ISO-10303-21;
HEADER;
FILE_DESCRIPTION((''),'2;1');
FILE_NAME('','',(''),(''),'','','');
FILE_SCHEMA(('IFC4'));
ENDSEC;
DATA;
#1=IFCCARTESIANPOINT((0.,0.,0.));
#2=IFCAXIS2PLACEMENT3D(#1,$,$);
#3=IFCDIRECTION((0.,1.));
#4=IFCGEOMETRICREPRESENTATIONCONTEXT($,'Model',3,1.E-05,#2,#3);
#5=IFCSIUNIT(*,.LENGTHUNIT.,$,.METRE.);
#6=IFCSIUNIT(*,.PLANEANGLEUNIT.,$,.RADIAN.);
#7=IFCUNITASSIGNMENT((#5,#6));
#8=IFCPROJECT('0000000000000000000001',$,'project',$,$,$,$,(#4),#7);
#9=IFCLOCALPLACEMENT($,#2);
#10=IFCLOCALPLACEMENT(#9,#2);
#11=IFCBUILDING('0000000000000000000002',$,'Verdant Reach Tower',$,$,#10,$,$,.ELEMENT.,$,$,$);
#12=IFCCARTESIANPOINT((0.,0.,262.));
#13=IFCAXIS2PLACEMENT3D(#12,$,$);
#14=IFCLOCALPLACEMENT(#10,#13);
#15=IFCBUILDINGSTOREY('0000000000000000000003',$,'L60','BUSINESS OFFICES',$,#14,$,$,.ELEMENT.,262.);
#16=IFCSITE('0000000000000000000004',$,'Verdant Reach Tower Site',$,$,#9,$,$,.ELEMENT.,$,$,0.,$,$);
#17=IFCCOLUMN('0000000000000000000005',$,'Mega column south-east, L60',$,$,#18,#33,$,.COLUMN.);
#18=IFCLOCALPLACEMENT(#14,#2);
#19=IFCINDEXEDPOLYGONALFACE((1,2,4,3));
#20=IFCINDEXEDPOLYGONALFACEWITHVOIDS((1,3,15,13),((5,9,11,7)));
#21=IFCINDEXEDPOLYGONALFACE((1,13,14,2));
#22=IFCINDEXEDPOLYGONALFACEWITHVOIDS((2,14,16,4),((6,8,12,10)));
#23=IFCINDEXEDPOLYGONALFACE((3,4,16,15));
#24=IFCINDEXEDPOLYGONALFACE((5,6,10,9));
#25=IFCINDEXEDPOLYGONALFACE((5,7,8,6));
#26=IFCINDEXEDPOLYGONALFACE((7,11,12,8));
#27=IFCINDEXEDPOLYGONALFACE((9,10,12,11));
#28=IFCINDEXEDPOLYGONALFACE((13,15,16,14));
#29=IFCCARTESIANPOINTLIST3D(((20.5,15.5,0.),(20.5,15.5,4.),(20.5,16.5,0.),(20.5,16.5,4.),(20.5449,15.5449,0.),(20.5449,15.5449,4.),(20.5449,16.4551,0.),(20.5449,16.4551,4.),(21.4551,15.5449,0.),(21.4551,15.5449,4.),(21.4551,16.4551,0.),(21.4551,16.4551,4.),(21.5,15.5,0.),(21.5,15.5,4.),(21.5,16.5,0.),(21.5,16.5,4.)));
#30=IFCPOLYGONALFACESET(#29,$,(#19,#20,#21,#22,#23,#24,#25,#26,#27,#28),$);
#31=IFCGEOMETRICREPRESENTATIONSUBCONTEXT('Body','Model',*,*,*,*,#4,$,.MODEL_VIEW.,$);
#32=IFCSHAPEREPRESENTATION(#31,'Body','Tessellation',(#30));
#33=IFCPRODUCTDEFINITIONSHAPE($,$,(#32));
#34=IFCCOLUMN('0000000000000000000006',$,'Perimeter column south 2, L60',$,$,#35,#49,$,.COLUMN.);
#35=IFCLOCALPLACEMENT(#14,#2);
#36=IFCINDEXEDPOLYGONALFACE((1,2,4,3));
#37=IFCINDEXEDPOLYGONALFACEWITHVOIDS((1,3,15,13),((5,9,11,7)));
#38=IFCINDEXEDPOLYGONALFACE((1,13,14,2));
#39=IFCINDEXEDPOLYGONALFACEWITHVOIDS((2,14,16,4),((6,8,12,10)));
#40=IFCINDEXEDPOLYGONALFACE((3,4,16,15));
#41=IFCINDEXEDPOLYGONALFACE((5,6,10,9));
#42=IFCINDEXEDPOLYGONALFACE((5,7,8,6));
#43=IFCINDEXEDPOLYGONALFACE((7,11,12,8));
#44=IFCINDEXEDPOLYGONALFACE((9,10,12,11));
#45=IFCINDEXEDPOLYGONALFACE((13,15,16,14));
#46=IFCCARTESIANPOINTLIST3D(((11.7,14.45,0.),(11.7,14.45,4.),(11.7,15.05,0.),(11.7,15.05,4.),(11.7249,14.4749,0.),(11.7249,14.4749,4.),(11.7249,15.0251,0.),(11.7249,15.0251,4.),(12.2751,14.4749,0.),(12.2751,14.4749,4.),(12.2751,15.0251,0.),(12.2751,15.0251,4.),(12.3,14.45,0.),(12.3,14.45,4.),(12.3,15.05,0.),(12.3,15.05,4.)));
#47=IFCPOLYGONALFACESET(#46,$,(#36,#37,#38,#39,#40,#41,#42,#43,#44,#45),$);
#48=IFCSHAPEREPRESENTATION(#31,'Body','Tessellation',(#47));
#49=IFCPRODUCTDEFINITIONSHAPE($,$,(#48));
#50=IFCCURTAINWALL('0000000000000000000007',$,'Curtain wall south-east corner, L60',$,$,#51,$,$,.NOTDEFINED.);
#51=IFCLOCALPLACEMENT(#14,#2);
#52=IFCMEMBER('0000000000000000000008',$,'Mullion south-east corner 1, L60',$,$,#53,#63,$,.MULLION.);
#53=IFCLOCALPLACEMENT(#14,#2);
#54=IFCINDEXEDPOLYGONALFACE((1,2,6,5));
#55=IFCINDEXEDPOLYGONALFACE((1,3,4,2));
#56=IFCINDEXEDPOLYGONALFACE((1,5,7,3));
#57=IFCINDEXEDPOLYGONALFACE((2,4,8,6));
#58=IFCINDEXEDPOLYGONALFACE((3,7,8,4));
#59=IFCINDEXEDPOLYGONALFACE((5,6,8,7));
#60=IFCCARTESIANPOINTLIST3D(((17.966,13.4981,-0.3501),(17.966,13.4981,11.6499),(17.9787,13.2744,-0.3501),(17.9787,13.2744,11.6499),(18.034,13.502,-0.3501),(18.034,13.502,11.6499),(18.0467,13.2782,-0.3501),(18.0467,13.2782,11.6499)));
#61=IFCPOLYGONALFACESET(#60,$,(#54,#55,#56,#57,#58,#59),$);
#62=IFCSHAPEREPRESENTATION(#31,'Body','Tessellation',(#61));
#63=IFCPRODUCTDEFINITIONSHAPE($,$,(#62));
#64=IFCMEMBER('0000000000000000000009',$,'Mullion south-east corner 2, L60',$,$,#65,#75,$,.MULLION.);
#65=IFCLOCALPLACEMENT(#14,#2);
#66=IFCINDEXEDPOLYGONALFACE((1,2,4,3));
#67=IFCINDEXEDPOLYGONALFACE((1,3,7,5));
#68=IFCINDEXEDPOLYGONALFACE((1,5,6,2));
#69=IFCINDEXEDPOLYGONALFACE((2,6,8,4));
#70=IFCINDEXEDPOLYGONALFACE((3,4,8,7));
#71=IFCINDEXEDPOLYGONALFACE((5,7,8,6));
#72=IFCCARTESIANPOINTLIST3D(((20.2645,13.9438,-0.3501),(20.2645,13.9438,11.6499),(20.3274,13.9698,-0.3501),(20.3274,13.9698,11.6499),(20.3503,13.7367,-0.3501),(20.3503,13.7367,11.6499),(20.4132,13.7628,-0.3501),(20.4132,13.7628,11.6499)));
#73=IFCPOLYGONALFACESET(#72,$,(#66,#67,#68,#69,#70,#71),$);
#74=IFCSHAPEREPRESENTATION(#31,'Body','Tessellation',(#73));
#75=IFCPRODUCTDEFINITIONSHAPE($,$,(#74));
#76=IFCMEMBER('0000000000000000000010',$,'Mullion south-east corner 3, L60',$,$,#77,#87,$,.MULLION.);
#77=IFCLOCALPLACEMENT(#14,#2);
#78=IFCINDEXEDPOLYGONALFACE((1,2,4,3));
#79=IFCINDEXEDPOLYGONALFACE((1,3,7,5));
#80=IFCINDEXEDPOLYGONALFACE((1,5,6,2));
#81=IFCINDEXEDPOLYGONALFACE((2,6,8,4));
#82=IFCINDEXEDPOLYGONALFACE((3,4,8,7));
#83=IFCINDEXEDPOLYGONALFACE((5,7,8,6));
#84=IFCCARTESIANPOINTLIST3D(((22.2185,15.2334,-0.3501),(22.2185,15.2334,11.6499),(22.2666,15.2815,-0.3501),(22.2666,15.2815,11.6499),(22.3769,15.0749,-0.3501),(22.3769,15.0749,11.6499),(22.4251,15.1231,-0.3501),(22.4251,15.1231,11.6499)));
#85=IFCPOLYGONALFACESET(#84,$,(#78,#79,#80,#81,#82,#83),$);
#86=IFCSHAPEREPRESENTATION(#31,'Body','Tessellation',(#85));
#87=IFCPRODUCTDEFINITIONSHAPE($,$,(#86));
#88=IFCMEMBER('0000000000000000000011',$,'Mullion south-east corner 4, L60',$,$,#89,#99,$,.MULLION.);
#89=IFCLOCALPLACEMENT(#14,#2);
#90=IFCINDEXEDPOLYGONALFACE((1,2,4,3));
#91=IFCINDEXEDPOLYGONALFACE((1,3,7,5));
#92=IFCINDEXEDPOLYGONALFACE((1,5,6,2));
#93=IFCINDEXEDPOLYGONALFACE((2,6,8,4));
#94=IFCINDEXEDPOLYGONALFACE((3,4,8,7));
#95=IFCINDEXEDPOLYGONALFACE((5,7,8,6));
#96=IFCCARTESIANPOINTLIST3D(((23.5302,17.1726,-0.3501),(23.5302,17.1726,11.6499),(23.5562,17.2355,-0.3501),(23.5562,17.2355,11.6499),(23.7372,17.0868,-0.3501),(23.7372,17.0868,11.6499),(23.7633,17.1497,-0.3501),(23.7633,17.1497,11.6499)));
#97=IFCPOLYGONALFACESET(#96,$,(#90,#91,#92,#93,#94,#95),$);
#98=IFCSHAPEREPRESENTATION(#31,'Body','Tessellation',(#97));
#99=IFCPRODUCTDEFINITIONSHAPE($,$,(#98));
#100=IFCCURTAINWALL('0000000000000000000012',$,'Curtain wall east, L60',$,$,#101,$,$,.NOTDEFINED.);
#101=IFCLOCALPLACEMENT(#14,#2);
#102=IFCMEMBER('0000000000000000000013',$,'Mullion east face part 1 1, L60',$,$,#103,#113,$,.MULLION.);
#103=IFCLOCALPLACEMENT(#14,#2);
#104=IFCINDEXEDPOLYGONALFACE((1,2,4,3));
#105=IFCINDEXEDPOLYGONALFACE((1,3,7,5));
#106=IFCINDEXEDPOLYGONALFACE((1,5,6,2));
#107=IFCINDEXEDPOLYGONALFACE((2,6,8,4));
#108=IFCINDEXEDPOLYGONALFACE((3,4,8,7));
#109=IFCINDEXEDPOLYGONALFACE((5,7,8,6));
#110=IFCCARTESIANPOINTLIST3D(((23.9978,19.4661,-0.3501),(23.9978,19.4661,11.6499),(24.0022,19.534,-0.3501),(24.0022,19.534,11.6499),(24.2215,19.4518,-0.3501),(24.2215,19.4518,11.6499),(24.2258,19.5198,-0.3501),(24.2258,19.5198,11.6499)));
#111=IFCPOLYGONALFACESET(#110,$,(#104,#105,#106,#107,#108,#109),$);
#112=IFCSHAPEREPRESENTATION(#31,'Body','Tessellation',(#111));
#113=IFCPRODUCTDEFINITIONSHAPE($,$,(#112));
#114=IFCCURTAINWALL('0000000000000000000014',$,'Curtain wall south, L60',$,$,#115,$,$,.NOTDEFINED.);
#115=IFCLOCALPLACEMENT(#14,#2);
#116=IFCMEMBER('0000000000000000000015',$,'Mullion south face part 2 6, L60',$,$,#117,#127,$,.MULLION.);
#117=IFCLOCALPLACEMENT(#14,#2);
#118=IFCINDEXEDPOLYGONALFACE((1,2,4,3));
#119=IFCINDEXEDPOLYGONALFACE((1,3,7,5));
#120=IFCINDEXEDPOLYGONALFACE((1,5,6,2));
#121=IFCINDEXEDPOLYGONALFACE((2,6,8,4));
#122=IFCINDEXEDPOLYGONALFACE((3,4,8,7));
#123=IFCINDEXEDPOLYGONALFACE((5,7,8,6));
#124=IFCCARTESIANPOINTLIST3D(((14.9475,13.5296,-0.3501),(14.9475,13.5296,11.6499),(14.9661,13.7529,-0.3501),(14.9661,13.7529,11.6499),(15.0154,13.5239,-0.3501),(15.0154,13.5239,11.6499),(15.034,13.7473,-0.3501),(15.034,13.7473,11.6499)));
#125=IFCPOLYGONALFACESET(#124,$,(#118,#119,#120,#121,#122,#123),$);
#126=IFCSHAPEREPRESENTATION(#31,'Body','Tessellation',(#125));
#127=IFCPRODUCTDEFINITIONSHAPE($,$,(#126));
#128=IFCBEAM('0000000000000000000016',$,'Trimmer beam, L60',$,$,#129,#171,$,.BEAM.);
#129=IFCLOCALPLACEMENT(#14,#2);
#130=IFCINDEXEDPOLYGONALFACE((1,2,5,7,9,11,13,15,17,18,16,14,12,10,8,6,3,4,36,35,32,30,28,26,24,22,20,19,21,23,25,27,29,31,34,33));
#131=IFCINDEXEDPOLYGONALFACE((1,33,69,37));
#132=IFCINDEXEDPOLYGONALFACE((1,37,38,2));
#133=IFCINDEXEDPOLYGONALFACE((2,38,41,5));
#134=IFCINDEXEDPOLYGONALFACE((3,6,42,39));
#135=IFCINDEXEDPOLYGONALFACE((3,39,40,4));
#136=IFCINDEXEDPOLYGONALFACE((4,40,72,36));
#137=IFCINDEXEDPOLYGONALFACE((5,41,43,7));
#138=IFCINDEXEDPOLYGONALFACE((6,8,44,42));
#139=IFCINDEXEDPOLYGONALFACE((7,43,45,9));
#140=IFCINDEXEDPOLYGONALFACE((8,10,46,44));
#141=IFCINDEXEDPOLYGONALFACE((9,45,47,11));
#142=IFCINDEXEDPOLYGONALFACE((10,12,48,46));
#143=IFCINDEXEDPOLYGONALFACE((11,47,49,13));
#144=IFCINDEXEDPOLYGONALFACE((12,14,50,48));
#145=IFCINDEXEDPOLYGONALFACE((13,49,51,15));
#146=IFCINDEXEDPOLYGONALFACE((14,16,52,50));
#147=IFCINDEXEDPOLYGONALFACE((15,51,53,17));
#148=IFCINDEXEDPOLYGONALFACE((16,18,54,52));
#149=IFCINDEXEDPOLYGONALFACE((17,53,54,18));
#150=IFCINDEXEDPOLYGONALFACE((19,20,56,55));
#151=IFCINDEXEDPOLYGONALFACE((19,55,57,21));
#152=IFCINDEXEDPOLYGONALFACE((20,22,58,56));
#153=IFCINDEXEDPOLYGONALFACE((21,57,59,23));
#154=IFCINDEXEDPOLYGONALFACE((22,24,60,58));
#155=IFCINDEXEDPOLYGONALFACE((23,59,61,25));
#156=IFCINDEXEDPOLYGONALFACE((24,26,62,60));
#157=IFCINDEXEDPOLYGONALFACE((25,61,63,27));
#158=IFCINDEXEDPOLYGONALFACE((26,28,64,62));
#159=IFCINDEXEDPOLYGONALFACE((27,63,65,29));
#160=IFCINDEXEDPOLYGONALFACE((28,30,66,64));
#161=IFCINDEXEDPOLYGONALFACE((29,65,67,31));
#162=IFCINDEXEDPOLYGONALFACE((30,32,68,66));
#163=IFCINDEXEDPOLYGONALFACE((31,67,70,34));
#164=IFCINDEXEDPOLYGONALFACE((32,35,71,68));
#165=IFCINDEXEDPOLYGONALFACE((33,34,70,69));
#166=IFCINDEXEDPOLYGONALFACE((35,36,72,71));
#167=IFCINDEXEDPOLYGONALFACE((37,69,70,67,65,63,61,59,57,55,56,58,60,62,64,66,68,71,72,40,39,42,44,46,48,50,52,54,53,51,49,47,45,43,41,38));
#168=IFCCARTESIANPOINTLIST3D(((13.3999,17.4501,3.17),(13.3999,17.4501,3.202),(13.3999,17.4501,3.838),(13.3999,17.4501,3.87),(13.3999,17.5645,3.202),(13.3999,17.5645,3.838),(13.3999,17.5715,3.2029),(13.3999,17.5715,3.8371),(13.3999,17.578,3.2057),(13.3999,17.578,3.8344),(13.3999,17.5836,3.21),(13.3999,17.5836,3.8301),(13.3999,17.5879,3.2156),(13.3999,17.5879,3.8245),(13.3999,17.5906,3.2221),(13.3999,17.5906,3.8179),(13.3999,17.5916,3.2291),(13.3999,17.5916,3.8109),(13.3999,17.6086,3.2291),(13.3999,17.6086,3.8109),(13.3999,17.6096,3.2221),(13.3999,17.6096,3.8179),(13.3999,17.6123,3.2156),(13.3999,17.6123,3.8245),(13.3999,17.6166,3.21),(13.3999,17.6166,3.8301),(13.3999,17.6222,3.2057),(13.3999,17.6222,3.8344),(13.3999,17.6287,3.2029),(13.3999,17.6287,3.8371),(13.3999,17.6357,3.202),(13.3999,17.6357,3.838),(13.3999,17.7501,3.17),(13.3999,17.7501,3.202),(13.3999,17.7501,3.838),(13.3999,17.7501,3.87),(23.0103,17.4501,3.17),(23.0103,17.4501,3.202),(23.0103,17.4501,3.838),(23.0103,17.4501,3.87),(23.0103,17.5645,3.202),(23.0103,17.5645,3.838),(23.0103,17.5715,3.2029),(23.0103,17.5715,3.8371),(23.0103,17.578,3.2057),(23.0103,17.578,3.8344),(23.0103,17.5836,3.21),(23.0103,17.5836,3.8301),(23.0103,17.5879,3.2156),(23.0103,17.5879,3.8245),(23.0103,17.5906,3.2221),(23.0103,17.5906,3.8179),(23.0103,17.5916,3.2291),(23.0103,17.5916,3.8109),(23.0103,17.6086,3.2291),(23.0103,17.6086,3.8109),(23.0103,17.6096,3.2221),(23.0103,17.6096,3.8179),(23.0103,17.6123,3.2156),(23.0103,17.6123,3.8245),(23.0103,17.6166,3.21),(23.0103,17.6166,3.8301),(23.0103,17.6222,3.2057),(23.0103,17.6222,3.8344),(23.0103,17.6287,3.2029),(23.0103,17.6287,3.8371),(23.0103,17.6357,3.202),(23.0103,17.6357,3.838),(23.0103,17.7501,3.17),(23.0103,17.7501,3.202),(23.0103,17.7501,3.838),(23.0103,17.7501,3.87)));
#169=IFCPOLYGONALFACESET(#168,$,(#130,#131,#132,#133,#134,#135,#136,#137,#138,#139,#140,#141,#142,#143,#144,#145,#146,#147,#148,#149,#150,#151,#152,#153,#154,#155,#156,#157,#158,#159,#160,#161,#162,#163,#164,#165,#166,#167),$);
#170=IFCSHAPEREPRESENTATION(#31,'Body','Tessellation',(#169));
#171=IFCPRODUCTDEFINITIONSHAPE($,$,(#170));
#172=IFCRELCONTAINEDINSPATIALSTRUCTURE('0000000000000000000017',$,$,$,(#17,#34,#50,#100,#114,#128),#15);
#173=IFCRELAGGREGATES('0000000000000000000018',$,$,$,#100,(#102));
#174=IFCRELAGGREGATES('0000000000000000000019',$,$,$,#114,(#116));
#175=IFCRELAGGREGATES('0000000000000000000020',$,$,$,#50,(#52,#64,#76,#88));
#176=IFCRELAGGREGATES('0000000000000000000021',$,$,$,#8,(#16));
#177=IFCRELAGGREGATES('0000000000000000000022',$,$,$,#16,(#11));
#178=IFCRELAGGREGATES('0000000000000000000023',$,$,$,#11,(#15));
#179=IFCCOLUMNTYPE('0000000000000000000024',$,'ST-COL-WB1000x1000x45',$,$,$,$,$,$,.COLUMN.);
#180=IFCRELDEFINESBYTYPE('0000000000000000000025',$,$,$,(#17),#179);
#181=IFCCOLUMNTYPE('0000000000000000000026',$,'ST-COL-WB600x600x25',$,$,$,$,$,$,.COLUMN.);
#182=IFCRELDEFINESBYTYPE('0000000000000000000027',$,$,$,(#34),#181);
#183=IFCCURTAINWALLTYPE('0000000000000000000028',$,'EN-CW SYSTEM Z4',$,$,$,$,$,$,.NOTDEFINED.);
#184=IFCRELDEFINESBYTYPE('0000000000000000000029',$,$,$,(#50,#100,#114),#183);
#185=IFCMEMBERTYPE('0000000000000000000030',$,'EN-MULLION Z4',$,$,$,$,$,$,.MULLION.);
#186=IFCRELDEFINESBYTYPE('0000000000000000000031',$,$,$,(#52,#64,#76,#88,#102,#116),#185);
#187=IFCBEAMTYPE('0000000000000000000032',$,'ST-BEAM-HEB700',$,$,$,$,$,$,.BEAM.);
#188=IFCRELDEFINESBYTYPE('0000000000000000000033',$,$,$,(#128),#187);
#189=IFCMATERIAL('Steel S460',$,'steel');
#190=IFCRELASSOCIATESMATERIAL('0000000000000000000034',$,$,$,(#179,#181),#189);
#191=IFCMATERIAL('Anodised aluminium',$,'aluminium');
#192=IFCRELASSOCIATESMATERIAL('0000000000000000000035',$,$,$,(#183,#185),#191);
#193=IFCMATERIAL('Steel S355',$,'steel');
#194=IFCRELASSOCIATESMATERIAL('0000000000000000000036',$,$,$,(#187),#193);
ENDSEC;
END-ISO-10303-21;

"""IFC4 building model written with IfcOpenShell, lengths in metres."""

from ifc_helpers import new_model, si_unit, direction, frame, origin, origin_2d, place, context, subcontext, project, spatial, rectangle, hollow_rectangle, i_section, extrude, material, material_profile, profile_set, type_object, element, aggregate, save


model = new_model("IFC4")

# Units and contexts
model_context = context("Model", 3, precision=1e-05, world=origin(), true_north=direction((0.0, 1.0)))
body_context = subcontext(model_context, "Body", "Model", "MODEL_VIEW")
ifc_project = project(units=[si_unit("LENGTHUNIT", "METRE"), si_unit("PLANEANGLEUNIT", "RADIAN")], contexts=[model_context])

# Site, building, storey
site_placement = place(None, origin())
site = spatial("IfcSite", under=ifc_project, at=site_placement, Name="Verdant Reach Tower Site", CompositionType="ELEMENT", RefElevation=0.0)
building_placement = place(site_placement, origin())
building = spatial("IfcBuilding", under=site, at=building_placement, Name="Verdant Reach Tower", CompositionType="ELEMENT")
storey_placement = place(building_placement, frame((0.0, 0.0, 262.0)))
storey = spatial("IfcBuildingStorey", under=building, at=storey_placement, Name="L60", Description="BUSINESS OFFICES", CompositionType="ELEMENT", Elevation=262.0)

# Columns
ifc_material_1 = material(Name="Steel S460", Category="steel")
ifc_material_profile_1 = material_profile(ifc_material_1, hollow_rectangle(XDim=1.0, YDim=1.0, WallThickness=0.0449, at=origin_2d()), Name="WB 1000x1000x45")
ifc_profile_set_1 = profile_set([ifc_material_profile_1], Name="Steel S460")
column_type_1 = type_object("IfcColumnType", Name="ST-COL-WB1000x1000x45", PredefinedType="COLUMN", material=ifc_profile_set_1)
column_1_placement = place(storey_placement, frame((21.0, 16.0, 0.0), z_axis=(0.0, 0.0, 1.0), x_axis=(1.0, 0.0, 0.0)))
element("IfcColumn", 1, at=column_1_placement, inside=storey, type_object=column_type_1, Name="Mega column south-east, L60", PredefinedType="COLUMN", context=body_context, shape_type="SweptSolid", body=[
    extrude(hollow_rectangle(XDim=1.0, YDim=1.0, WallThickness=0.0449, at=origin_2d()), origin(), (0.0, 0.0, 1.0), 4.0),
])
ifc_material_profile_2 = material_profile(ifc_material_1, hollow_rectangle(XDim=0.6001, YDim=0.6001, WallThickness=0.0249, at=origin_2d()), Name="WB 600x600x25")
ifc_profile_set_2 = profile_set([ifc_material_profile_2], Name="Steel S460")
column_type_2 = type_object("IfcColumnType", Name="ST-COL-WB600x600x25", PredefinedType="COLUMN", material=ifc_profile_set_2)
column_2_placement = place(storey_placement, frame((12.0, 14.75, 0.0), z_axis=(0.0, 0.0, 1.0), x_axis=(1.0, 0.0, 0.0)))
element("IfcColumn", 2, at=column_2_placement, inside=storey, type_object=column_type_2, Name="Perimeter column south 2, L60", PredefinedType="COLUMN", context=body_context, shape_type="SweptSolid", body=[
    extrude(hollow_rectangle(XDim=0.6001, YDim=0.6001, WallThickness=0.0249, at=origin_2d()), origin(), (0.0, 0.0, 1.0), 4.0),
])

# Curtain wall, members
ifc_material_2 = material(Name="Anodised aluminium", Category="aluminium")
curtain_wall_type = type_object("IfcCurtainWallType", Name="EN-CW SYSTEM Z4", PredefinedType="NOTDEFINED", material=ifc_material_2)
curtain_wall_1_placement = place(storey_placement, origin())
curtain_wall_1 = element("IfcCurtainWall", 3, at=curtain_wall_1_placement, inside=storey, type_object=curtain_wall_type, Name="Curtain wall south-east corner, L60", PredefinedType="NOTDEFINED")
ifc_material_profile_3 = material_profile(ifc_material_2, rectangle(XDim=0.2241, YDim=0.0681, at=origin_2d()), Name="Mullion 68x224")
ifc_profile_set_3 = profile_set([ifc_material_profile_3], Name="Anodised aluminium")
member_type = type_object("IfcMemberType", Name="EN-MULLION Z4", PredefinedType="MULLION", material=ifc_profile_set_3)
member_1_placement = place(storey_placement, frame((18.0063, 13.3882, -0.3501), z_axis=(0.0, 0.0, 1.0), x_axis=(0.056569, -0.998399, 0.0)))
member_1 = element("IfcMember", 4, at=member_1_placement, type_object=member_type, Name="Mullion south-east corner 1, L60", PredefinedType="MULLION", context=body_context, shape_type="SweptSolid", body=[
    extrude(rectangle(XDim=0.2241, YDim=0.0681, at=origin_2d()), origin(), (0.0, 0.0, 1.0), 12.0),
])
member_2_placement = place(storey_placement, frame((20.3389, 13.8533, -0.3501), z_axis=(0.0, 0.0, 1.0), x_axis=(0.382694, -0.923875, 0.0)))
member_2 = element("IfcMember", 5, at=member_2_placement, type_object=member_type, Name="Mullion south-east corner 2, L60", PredefinedType="MULLION", context=body_context, shape_type="SweptSolid", body=[
    extrude(rectangle(XDim=0.2241, YDim=0.0681, at=origin_2d()), origin(), (0.0, 0.0, 1.0), 12.0),
])
member_3_placement = place(storey_placement, frame((22.3218, 15.1782, -0.3501), z_axis=(0.0, 0.0, 1.0), x_axis=(0.707107, -0.707107, 0.0)))
member_3 = element("IfcMember", 6, at=member_3_placement, type_object=member_type, Name="Mullion south-east corner 3, L60", PredefinedType="MULLION", context=body_context, shape_type="SweptSolid", body=[
    extrude(rectangle(XDim=0.2241, YDim=0.0681, at=origin_2d()), origin(), (0.0, 0.0, 1.0), 12.0),
])
member_4_placement = place(storey_placement, frame((23.6467, 17.1611, -0.3501), z_axis=(0.0, 0.0, 1.0), x_axis=(0.923875, -0.382694, 0.0)))
member_4 = element("IfcMember", 7, at=member_4_placement, type_object=member_type, Name="Mullion south-east corner 4, L60", PredefinedType="MULLION", context=body_context, shape_type="SweptSolid", body=[
    extrude(rectangle(XDim=0.2241, YDim=0.0681, at=origin_2d()), origin(), (0.0, 0.0, 1.0), 12.0),
])

# Curtain walls, members
curtain_wall_2_placement = place(storey_placement, origin())
curtain_wall_2 = element("IfcCurtainWall", 8, at=curtain_wall_2_placement, inside=storey, type_object=curtain_wall_type, Name="Curtain wall east, L60", PredefinedType="NOTDEFINED")
member_5_placement = place(storey_placement, frame((24.1118, 19.4929, -0.3501), z_axis=(0.0, 0.0, 1.0), x_axis=(0.997969, -0.063699, 0.0)))
member_5 = element("IfcMember", 9, at=member_5_placement, type_object=member_type, Name="Mullion east face part 1 1, L60", PredefinedType="MULLION", context=body_context, shape_type="SweptSolid", body=[
    extrude(rectangle(XDim=0.2241, YDim=0.0681, at=origin_2d()), origin(), (0.0, 0.0, 1.0), 12.0),
])
aggregate(curtain_wall_2, [member_5])
curtain_wall_3_placement = place(storey_placement, origin())
curtain_wall_3 = element("IfcCurtainWall", 10, at=curtain_wall_3_placement, inside=storey, type_object=curtain_wall_type, Name="Curtain wall south, L60", PredefinedType="NOTDEFINED")
member_6_placement = place(storey_placement, frame((14.9907, 13.6384, -0.3501), z_axis=(0.0, 0.0, 1.0), x_axis=(-0.083045, -0.996546, 0.0)))
member_6 = element("IfcMember", 11, at=member_6_placement, type_object=member_type, Name="Mullion south face part 2 6, L60", PredefinedType="MULLION", context=body_context, shape_type="SweptSolid", body=[
    extrude(rectangle(XDim=0.2241, YDim=0.0681, at=origin_2d()), origin(), (0.0, 0.0, 1.0), 12.0),
])

# Beam
ifc_material_3 = material(Name="Steel S355", Category="steel")
ifc_material_profile_4 = material_profile(ifc_material_3, i_section(OverallWidth=0.3, OverallDepth=0.7, WebThickness=0.0171, FlangeThickness=0.032, FilletRadius=0.0271, at=origin_2d()), Name="HEB 700")
ifc_profile_set_4 = profile_set([ifc_material_profile_4], Name="Steel S355")
beam_type_1 = type_object("IfcBeamType", Name="ST-BEAM-HEB700", PredefinedType="BEAM", material=ifc_profile_set_4)
beam_1_placement = place(storey_placement, frame((13.3999, 17.6001, 3.52), z_axis=(1.0, 0.0, 0.0), x_axis=(0.0, 1.0, 0.0)))
element("IfcBeam", 12, at=beam_1_placement, inside=storey, type_object=beam_type_1, Name="Trimmer beam, L60", PredefinedType="BEAM", context=body_context, shape_type="SweptSolid", body=[
    extrude(i_section(OverallWidth=0.3, OverallDepth=0.7, WebThickness=0.0171, FlangeThickness=0.032, FilletRadius=0.0271, at=origin_2d()), origin(), (0.0, 0.0, 1.0), 9.6104),
])

aggregate(curtain_wall_3, [member_6])
aggregate(curtain_wall_1, [member_1, member_2, member_3, member_4])

save(model, "model.ifc")
